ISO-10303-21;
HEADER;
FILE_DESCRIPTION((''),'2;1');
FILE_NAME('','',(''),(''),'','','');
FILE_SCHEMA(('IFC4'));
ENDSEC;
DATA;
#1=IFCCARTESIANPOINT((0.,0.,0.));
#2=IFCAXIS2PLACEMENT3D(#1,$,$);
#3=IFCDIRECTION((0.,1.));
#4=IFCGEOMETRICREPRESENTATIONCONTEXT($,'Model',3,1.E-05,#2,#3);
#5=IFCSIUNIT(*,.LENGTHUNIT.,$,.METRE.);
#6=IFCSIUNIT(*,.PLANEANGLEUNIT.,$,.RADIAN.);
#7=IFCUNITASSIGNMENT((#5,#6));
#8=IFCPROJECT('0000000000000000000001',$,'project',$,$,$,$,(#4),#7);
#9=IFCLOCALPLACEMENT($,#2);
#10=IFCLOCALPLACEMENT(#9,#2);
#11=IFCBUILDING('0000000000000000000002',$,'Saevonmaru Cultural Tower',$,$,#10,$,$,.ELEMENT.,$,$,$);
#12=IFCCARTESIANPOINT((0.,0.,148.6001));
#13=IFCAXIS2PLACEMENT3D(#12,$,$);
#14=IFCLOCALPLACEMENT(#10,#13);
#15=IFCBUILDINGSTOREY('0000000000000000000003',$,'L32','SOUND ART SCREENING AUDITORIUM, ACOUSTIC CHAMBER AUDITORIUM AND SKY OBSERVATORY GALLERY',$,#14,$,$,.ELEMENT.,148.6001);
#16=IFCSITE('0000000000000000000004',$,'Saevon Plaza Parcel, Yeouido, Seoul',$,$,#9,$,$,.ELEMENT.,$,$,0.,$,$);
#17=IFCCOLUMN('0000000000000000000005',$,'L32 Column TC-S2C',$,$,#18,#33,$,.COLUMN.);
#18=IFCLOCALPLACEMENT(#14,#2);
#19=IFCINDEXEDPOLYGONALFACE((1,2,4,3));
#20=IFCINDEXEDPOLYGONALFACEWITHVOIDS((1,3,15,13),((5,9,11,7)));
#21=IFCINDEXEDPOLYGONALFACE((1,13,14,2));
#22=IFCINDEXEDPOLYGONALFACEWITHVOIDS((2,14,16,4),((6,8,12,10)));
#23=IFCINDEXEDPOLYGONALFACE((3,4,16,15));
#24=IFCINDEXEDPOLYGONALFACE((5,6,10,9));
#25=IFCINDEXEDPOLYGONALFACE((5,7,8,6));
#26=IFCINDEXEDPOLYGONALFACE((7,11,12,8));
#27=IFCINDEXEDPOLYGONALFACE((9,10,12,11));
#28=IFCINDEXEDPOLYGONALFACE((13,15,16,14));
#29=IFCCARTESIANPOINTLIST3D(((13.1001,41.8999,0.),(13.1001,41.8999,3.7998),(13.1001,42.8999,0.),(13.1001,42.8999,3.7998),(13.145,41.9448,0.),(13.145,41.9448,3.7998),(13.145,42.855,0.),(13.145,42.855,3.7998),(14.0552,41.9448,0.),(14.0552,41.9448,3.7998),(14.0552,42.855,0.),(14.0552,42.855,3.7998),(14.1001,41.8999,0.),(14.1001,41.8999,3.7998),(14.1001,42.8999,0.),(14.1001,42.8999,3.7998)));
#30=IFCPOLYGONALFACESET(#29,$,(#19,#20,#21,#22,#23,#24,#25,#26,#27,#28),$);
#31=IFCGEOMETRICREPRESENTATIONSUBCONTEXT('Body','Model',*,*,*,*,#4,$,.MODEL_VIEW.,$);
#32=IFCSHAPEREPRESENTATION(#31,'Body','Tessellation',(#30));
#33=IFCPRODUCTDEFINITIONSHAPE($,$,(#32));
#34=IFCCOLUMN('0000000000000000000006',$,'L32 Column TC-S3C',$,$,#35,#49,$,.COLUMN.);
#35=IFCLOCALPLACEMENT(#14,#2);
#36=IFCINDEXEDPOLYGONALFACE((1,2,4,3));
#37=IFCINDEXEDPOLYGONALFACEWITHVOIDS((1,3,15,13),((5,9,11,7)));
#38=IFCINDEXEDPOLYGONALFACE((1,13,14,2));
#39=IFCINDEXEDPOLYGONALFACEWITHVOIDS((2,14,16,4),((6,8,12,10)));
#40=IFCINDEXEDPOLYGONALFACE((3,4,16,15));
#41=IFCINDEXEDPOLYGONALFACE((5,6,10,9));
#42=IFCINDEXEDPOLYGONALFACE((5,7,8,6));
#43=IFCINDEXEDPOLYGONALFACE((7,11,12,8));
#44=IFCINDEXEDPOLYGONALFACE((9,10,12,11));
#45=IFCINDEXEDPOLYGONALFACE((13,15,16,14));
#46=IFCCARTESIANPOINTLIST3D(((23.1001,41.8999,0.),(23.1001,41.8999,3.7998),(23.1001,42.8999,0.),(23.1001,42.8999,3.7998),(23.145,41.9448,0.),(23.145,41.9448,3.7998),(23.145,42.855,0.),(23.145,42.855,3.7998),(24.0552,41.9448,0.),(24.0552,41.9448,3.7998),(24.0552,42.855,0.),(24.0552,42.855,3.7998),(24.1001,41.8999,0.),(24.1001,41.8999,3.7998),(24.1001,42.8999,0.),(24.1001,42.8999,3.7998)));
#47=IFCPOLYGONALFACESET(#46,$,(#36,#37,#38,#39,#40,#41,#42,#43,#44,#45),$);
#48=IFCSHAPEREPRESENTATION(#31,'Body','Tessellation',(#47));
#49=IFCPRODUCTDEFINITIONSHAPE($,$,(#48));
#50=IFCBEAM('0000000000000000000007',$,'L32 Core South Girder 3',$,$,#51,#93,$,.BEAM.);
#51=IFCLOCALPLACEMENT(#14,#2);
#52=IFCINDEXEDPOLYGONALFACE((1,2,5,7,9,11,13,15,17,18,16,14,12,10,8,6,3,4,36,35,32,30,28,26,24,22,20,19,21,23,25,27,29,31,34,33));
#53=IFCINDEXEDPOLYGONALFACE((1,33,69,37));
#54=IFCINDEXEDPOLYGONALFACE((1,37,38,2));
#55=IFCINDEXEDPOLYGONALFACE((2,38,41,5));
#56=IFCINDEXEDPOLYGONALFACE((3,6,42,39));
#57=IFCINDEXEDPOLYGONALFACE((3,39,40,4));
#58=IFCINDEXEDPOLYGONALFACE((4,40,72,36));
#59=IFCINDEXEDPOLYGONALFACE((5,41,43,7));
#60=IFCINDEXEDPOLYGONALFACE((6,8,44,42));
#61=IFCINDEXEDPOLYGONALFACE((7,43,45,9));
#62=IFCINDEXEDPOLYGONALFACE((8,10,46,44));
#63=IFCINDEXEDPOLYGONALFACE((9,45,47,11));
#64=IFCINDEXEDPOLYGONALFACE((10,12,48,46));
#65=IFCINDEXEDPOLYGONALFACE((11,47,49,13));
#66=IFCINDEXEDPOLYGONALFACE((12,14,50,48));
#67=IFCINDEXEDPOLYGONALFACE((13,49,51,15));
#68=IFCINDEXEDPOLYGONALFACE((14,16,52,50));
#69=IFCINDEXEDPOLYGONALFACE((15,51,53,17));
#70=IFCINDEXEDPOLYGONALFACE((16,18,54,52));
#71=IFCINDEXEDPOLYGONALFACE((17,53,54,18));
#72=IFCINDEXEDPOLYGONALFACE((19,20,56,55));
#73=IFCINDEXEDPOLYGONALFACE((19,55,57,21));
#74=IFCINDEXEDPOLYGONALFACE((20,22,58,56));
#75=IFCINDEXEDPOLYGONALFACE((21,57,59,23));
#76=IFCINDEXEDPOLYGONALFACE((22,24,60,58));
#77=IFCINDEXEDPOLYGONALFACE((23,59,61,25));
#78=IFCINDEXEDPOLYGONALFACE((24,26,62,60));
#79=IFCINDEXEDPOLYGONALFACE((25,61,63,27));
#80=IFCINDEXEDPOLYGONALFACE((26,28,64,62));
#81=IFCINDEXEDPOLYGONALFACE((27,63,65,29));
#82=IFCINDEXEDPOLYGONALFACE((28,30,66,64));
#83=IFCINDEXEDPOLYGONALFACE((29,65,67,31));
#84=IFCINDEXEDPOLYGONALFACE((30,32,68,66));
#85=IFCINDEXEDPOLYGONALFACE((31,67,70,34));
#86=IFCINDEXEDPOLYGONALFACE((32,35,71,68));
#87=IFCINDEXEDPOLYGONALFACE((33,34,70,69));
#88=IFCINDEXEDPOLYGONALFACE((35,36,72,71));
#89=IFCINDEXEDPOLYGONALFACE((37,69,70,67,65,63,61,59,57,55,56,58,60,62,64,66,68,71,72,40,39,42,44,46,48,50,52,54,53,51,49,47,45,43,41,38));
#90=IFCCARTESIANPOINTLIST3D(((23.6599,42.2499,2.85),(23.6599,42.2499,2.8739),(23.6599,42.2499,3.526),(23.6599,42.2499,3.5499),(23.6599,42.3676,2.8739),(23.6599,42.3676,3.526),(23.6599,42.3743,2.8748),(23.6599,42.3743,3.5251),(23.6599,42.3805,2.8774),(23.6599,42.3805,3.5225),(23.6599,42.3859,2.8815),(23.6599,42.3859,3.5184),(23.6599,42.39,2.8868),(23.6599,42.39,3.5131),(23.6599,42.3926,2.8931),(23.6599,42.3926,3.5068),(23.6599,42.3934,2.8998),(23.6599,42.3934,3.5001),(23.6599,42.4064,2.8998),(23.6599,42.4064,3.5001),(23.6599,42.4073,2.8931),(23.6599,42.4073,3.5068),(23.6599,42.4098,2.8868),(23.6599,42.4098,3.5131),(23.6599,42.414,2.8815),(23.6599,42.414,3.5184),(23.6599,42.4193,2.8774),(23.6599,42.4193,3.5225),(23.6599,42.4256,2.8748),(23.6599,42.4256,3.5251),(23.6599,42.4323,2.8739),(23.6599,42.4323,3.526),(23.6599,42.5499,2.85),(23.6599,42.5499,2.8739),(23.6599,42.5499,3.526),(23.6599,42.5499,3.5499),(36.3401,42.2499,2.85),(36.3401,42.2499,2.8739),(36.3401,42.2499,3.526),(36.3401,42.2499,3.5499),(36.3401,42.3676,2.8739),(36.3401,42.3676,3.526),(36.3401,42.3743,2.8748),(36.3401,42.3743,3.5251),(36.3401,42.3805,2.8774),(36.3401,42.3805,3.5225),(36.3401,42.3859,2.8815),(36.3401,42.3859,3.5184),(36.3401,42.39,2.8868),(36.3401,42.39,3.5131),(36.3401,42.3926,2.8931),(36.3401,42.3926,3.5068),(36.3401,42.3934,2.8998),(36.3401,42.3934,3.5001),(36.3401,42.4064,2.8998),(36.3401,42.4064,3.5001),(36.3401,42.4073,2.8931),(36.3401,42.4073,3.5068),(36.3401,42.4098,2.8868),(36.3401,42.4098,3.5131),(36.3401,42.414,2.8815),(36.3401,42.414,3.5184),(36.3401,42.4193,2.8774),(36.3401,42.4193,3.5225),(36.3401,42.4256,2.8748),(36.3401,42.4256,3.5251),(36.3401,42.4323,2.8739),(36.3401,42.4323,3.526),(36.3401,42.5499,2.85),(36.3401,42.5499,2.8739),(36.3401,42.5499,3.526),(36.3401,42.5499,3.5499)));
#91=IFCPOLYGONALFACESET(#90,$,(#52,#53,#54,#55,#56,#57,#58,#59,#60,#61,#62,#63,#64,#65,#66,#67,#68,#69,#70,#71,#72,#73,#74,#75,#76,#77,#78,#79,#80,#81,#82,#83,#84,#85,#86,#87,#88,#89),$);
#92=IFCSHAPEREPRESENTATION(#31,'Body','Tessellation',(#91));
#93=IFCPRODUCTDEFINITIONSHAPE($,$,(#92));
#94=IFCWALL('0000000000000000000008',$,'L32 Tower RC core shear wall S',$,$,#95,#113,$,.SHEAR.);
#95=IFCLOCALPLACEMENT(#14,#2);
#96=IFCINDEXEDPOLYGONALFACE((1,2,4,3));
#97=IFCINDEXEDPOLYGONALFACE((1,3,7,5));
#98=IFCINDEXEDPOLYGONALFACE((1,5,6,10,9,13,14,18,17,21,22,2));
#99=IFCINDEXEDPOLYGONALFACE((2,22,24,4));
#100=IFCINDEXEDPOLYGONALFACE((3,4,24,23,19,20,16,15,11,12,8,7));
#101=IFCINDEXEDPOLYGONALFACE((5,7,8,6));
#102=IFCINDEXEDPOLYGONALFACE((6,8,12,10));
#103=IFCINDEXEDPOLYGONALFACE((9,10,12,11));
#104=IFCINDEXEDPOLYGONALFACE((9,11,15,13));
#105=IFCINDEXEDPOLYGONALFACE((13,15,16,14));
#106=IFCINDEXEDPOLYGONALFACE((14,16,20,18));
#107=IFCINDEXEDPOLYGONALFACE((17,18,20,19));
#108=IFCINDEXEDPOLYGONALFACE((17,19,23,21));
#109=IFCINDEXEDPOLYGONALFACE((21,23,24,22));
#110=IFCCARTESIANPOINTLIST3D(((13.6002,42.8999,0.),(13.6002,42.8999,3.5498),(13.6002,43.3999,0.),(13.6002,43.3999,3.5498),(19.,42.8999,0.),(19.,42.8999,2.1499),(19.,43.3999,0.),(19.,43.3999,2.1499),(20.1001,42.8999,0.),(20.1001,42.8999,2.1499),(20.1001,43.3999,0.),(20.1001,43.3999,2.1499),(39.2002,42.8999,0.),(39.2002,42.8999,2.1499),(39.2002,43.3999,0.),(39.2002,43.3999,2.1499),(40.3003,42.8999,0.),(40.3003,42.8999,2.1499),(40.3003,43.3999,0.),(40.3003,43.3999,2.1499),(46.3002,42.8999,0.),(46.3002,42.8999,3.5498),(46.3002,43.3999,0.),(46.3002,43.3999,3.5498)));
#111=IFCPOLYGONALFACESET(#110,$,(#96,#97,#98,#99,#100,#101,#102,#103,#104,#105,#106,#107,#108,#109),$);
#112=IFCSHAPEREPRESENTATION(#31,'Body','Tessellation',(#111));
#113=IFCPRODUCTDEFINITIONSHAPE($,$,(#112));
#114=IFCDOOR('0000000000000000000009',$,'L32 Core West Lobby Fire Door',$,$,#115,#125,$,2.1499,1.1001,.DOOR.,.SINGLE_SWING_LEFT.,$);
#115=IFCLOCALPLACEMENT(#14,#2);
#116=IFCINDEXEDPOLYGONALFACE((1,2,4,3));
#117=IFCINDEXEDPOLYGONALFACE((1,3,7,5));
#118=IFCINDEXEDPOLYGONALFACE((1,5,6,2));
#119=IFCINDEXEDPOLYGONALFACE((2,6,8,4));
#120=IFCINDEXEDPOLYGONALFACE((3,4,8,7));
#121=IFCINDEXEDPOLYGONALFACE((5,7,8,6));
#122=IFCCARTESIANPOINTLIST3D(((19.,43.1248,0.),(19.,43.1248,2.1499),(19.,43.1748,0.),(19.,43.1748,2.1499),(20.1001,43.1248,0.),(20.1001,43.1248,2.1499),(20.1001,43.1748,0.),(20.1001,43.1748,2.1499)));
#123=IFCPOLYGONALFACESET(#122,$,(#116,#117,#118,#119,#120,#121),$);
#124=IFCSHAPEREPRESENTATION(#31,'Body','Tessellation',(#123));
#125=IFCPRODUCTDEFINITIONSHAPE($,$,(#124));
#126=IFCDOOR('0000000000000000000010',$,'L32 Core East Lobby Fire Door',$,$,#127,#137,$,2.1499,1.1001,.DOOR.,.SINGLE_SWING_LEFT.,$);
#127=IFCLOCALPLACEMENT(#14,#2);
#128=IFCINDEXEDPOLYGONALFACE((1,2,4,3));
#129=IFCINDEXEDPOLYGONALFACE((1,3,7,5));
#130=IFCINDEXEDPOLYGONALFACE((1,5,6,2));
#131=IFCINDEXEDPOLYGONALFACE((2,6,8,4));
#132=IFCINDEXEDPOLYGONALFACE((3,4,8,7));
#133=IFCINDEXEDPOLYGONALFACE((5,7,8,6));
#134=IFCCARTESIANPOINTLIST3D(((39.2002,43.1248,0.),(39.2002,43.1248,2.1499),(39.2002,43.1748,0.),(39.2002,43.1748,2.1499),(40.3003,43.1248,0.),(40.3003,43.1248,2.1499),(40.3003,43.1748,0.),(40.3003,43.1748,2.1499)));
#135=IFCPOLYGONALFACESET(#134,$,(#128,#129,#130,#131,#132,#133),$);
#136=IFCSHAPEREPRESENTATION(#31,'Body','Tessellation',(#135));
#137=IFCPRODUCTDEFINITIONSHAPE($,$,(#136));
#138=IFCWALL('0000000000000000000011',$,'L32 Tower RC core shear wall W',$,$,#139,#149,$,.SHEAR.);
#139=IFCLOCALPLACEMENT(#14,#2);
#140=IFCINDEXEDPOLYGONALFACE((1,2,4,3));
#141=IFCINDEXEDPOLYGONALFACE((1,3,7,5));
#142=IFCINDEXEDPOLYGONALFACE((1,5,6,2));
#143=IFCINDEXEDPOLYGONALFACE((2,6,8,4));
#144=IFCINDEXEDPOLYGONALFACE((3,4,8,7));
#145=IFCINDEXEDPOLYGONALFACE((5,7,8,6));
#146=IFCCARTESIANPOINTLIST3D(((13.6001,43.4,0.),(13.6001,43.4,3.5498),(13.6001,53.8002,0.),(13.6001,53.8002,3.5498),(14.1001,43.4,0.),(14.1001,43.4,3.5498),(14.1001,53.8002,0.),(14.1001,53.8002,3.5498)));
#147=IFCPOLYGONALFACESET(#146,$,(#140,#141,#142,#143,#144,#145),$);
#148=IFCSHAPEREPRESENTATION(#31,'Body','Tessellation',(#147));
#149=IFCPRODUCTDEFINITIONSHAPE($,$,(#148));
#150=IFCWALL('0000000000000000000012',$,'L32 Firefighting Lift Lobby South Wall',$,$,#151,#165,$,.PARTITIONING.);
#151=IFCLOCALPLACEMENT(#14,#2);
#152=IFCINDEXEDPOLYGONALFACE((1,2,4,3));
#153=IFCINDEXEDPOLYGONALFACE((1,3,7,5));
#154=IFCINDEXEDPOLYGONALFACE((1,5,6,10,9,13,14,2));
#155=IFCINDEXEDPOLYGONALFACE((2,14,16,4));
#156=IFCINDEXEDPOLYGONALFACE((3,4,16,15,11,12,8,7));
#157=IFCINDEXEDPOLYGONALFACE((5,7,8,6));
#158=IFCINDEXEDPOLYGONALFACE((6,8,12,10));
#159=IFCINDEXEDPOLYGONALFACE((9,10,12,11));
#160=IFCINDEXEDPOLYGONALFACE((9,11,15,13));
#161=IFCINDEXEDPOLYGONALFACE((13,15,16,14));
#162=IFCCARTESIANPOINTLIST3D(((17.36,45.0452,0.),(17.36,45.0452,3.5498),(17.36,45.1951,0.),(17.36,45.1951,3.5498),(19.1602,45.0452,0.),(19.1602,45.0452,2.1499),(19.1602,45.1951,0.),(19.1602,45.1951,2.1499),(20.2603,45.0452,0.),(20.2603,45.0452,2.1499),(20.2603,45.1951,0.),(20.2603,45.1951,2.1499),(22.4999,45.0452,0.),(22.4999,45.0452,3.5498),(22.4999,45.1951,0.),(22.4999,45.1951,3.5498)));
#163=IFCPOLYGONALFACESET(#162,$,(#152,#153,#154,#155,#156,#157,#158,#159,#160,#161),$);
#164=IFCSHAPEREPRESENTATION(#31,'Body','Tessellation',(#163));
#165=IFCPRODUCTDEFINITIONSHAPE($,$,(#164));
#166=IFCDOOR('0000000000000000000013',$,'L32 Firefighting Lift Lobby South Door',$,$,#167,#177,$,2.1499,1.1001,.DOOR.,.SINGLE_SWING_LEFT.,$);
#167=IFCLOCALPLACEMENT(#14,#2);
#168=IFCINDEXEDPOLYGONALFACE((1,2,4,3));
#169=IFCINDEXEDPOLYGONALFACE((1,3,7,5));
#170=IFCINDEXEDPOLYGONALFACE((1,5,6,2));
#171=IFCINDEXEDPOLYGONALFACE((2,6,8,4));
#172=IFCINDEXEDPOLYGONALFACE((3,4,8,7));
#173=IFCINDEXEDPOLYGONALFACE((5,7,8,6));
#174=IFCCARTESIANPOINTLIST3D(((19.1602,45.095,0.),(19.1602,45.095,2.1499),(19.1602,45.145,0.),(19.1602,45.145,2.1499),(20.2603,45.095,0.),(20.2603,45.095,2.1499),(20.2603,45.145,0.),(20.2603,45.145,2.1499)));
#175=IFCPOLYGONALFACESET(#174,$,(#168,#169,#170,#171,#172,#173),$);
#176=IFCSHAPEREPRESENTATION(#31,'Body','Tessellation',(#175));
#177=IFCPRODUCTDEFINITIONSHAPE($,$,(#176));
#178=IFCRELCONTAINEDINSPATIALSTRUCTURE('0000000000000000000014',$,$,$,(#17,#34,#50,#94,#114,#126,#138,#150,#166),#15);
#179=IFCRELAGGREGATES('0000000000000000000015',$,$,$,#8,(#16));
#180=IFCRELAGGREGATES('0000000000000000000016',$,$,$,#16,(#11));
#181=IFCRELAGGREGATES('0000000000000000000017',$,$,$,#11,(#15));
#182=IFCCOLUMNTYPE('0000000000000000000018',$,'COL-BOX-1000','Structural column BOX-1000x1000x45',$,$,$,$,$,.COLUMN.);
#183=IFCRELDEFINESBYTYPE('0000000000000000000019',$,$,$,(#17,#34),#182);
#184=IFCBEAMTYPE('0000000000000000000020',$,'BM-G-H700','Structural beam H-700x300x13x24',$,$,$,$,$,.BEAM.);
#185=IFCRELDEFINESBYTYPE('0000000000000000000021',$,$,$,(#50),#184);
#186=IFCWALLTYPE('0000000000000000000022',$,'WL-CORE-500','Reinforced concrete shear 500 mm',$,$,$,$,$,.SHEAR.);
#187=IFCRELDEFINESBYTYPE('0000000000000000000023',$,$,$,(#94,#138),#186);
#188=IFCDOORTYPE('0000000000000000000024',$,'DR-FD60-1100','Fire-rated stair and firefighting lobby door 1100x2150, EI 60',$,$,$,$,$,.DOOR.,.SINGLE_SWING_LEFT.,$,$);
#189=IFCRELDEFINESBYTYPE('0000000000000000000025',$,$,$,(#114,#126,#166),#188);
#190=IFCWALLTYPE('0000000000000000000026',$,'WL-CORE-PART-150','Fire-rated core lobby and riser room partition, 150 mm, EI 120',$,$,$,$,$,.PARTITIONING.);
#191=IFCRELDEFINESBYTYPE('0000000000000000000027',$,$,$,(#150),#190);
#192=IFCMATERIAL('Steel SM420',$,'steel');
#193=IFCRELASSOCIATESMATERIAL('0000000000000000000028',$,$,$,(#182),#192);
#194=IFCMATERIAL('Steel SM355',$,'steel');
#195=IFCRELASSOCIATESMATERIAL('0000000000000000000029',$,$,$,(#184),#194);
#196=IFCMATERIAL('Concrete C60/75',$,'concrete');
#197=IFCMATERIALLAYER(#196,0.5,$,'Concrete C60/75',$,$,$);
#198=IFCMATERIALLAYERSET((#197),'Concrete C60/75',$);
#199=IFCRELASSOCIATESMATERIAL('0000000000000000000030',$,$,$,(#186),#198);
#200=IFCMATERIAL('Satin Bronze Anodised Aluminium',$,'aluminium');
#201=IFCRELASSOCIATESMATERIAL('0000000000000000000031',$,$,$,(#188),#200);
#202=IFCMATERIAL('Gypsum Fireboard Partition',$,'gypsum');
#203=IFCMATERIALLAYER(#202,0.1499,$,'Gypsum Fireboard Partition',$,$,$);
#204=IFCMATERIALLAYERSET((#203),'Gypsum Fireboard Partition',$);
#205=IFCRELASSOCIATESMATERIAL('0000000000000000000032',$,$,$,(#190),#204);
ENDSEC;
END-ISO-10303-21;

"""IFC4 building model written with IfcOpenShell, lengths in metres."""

from ifc_helpers import new_model, si_unit, direction, frame, frame_2d, origin, origin_2d, place, context, subcontext, project, spatial, rectangle, hollow_rectangle, i_section, extrude, material, layer, layer_set, material_profile, profile_set, type_object, element, fill, save


model = new_model("IFC4")

# Units and contexts
model_context = context("Model", 3, precision=1e-05, world=origin(), true_north=direction((0.0, 1.0)))
body_context = subcontext(model_context, "Body", "Model", "MODEL_VIEW")
ifc_project = project(units=[si_unit("LENGTHUNIT", "METRE"), si_unit("PLANEANGLEUNIT", "RADIAN")], contexts=[model_context])

# Site, building, storey
site_placement = place(None, origin())
site = spatial("IfcSite", under=ifc_project, at=site_placement, Name="Saevon Plaza Parcel, Yeouido, Seoul", CompositionType="ELEMENT", RefElevation=0.0)
building_placement = place(site_placement, origin())
building = spatial("IfcBuilding", under=site, at=building_placement, Name="Saevonmaru Cultural Tower", CompositionType="ELEMENT")
storey_placement = place(building_placement, frame((0.0, 0.0, 148.6001)))
storey = spatial("IfcBuildingStorey", under=building, at=storey_placement, Name="L32", Description="SOUND ART SCREENING AUDITORIUM, ACOUSTIC CHAMBER AUDITORIUM AND SKY OBSERVATORY GALLERY", CompositionType="ELEMENT", Elevation=148.6001)

# Columns
ifc_material_1 = material(Name="Steel SM420", Category="steel")
ifc_material_profile_1 = material_profile(ifc_material_1, hollow_rectangle(XDim=1.0, YDim=1.0, WallThickness=0.0449, at=origin_2d()), Name="BOX-1000x1000x45")
ifc_profile_set_1 = profile_set([ifc_material_profile_1], Name="Steel SM420")
column_type = type_object("IfcColumnType", Name="COL-BOX-1000", Description="Structural column BOX-1000x1000x45", PredefinedType="COLUMN", material=ifc_profile_set_1)
for number, where, z_axis, x_axis, name in (
    (1, (13.6001, 42.3999, 0.0), (0.0, 0.0, 1.0), (1.0, 0.0, 0.0), "L32 Column TC-S2C"),
    (2, (23.6001, 42.3999, 0.0), (0.0, 0.0, 1.0), (1.0, 0.0, 0.0), "L32 Column TC-S3C"),
):
    element("IfcColumn", number, at=place(storey_placement, frame(where, z_axis=z_axis, x_axis=x_axis)), inside=storey, type_object=column_type, Name=name, PredefinedType="COLUMN", context=body_context, shape_type="SweptSolid", body=[
        extrude(hollow_rectangle(XDim=1.0, YDim=1.0, WallThickness=0.0449, at=origin_2d()), origin(), (0.0, 0.0, 1.0), 3.7998),
    ])

# Beam
ifc_material_2 = material(Name="Steel SM355", Category="steel")
ifc_material_profile_2 = material_profile(ifc_material_2, i_section(OverallWidth=0.3, OverallDepth=0.7, WebThickness=0.0129, FlangeThickness=0.0239, FilletRadius=0.0259, at=origin_2d()), Name="H-700x300x13x24")
ifc_profile_set_2 = profile_set([ifc_material_profile_2], Name="Steel SM355")
beam_type = type_object("IfcBeamType", Name="BM-G-H700", Description="Structural beam H-700x300x13x24", PredefinedType="BEAM", material=ifc_profile_set_2)
beam_placement = place(storey_placement, frame((23.6599, 42.3999, 3.2), z_axis=(1.0, 0.0, 0.0), x_axis=(0.0, 1.0, 0.0)))
element("IfcBeam", 3, at=beam_placement, inside=storey, type_object=beam_type, Name="L32 Core South Girder 3", PredefinedType="BEAM", context=body_context, shape_type="SweptSolid", body=[
    extrude(i_section(OverallWidth=0.3, OverallDepth=0.7, WebThickness=0.0129, FlangeThickness=0.0239, FilletRadius=0.0259, at=origin_2d()), origin(), (0.0, 0.0, 1.0), 12.6802),
])

# Wall, openings, doors
ifc_material_3 = material(Name="Concrete C60/75", Category="concrete")
ifc_layer_1 = layer(ifc_material_3, 0.5, Name="Concrete C60/75")
ifc_layer_set_1 = layer_set([ifc_layer_1], Name="Concrete C60/75")
wall_type_1 = type_object("IfcWallType", Name="WL-CORE-500", Description="Reinforced concrete shear 500 mm", PredefinedType="SHEAR", material=ifc_layer_set_1)
wall_1_placement = place(storey_placement, frame((13.6001, 43.1499, 0.0), z_axis=(0.0, 0.0, 1.0), x_axis=(1.0, 0.0, 0.0)))
wall_1 = element("IfcWall", 4, at=wall_1_placement, inside=storey, type_object=wall_type_1, Name="L32 Tower RC core shear wall S", PredefinedType="SHEAR", context=body_context, shape_type="SweptSolid", body=[
    extrude(rectangle(XDim=32.7, YDim=0.5, at=frame_2d((16.3501, 0.0))), origin(), (0.0, 0.0, 1.0), 3.5498),
])
opening_1_placement = place(wall_1_placement, frame((5.3999, 0.0, 0.0)))
opening_1 = element("IfcOpeningElement", 5, at=opening_1_placement, cuts=wall_1, PredefinedType="OPENING", context=body_context, shape_type="SweptSolid", body=[
    extrude(rectangle(XDim=1.1001, YDim=2.1499, at=frame_2d((0.55, 1.075))), frame((0.0, 0.26, 0.0), z_axis=(0.0, -1.0, 0.0), x_axis=(1.0, 0.0, 0.0)), (0.0, 0.0, 1.0), 0.52),
])
opening_2_placement = place(wall_1_placement, frame((25.6001, 0.0, 0.0)))
opening_2 = element("IfcOpeningElement", 6, at=opening_2_placement, cuts=wall_1, PredefinedType="OPENING", context=body_context, shape_type="SweptSolid", body=[
    extrude(rectangle(XDim=1.1001, YDim=2.1499, at=frame_2d((0.55, 1.075))), frame((0.0, 0.26, 0.0), z_axis=(0.0, -1.0, 0.0), x_axis=(1.0, 0.0, 0.0)), (0.0, 0.0, 1.0), 0.52),
])
ifc_material_4 = material(Name="Satin Bronze Anodised Aluminium", Category="aluminium")
door_type_1 = type_object("IfcDoorType", Name="DR-FD60-1100", Description="Fire-rated stair and firefighting lobby door 1100x2150, EI 60", OperationType="SINGLE_SWING_LEFT", PredefinedType="DOOR", material=ifc_material_4)
door_1_placement = place(opening_1_placement, origin())
door_1 = element("IfcDoor", 7, at=door_1_placement, inside=storey, type_object=door_type_1, Name="L32 Core West Lobby Fire Door", OperationType="SINGLE_SWING_LEFT", OverallHeight=2.1499, OverallWidth=1.1001, PredefinedType="DOOR", context=body_context, shape_type="SweptSolid", body=[
    extrude(rectangle(XDim=1.1001, YDim=2.1499, at=frame_2d((0.55, 1.075))), frame((0.0, 0.0249, 0.0), z_axis=(0.0, -1.0, 0.0), x_axis=(1.0, 0.0, 0.0)), (0.0, 0.0, 1.0), 0.05),
])
fill(opening_1, door_1)
door_2_placement = place(opening_2_placement, origin())
door_2 = element("IfcDoor", 8, at=door_2_placement, inside=storey, type_object=door_type_1, Name="L32 Core East Lobby Fire Door", OperationType="SINGLE_SWING_LEFT", OverallHeight=2.1499, OverallWidth=1.1001, PredefinedType="DOOR", context=body_context, shape_type="SweptSolid", body=[
    extrude(rectangle(XDim=1.1001, YDim=2.1499, at=frame_2d((0.55, 1.075))), frame((0.0, 0.0249, 0.0), z_axis=(0.0, -1.0, 0.0), x_axis=(1.0, 0.0, 0.0)), (0.0, 0.0, 1.0), 0.05),
])
fill(opening_2, door_2)

# Wall
wall_2_placement = place(storey_placement, frame((13.8501, 43.3999, 0.0), z_axis=(0.0, 0.0, 1.0), x_axis=(0.0, 1.0, 0.0)))
element("IfcWall", 9, at=wall_2_placement, inside=storey, type_object=wall_type_1, Name="L32 Tower RC core shear wall W", PredefinedType="SHEAR", context=body_context, shape_type="SweptSolid", body=[
    extrude(rectangle(XDim=10.4001, YDim=0.5, at=frame_2d((5.2002, 0.0))), origin(), (0.0, 0.0, 1.0), 3.5498),
])

# Wall, opening, door
ifc_material_5 = material(Name="Gypsum Fireboard Partition", Category="gypsum")
ifc_layer_2 = layer(ifc_material_5, 0.1499, Name="Gypsum Fireboard Partition")
ifc_layer_set_2 = layer_set([ifc_layer_2], Name="Gypsum Fireboard Partition")
wall_type_2 = type_object("IfcWallType", Name="WL-CORE-PART-150", Description="Fire-rated core lobby and riser room partition, 150 mm, EI 120", PredefinedType="PARTITIONING", material=ifc_layer_set_2)
wall_3_placement = place(storey_placement, frame((17.3601, 45.1201, 0.0), z_axis=(0.0, 0.0, 1.0), x_axis=(1.0, 0.0, 0.0)))
wall_3 = element("IfcWall", 10, at=wall_3_placement, inside=storey, type_object=wall_type_2, Name="L32 Firefighting Lift Lobby South Wall", PredefinedType="PARTITIONING", context=body_context, shape_type="SweptSolid", body=[
    extrude(rectangle(XDim=5.1399, YDim=0.1499, at=frame_2d((2.5698, 0.0))), origin(), (0.0, 0.0, 1.0), 3.5498),
])
opening_3_placement = place(wall_3_placement, frame((1.8, 0.0, 0.0)))
opening_3 = element("IfcOpeningElement", 11, at=opening_3_placement, cuts=wall_3, PredefinedType="OPENING", context=body_context, shape_type="SweptSolid", body=[
    extrude(rectangle(XDim=1.1001, YDim=2.1499, at=frame_2d((0.55, 1.075))), frame((0.0, 0.085, 0.0), z_axis=(0.0, -1.0, 0.0), x_axis=(1.0, 0.0, 0.0)), (0.0, 0.0, 1.0), 0.1699),
])
door_3_placement = place(opening_3_placement, origin())
door_3 = element("IfcDoor", 12, at=door_3_placement, inside=storey, type_object=door_type_1, Name="L32 Firefighting Lift Lobby South Door", OperationType="SINGLE_SWING_LEFT", OverallHeight=2.1499, OverallWidth=1.1001, PredefinedType="DOOR", context=body_context, shape_type="SweptSolid", body=[
    extrude(rectangle(XDim=1.1001, YDim=2.1499, at=frame_2d((0.55, 1.075))), frame((0.0, 0.0249, 0.0), z_axis=(0.0, -1.0, 0.0), x_axis=(1.0, 0.0, 0.0)), (0.0, 0.0, 1.0), 0.05),
])
fill(opening_3, door_3)

save(model, "model.ifc")
